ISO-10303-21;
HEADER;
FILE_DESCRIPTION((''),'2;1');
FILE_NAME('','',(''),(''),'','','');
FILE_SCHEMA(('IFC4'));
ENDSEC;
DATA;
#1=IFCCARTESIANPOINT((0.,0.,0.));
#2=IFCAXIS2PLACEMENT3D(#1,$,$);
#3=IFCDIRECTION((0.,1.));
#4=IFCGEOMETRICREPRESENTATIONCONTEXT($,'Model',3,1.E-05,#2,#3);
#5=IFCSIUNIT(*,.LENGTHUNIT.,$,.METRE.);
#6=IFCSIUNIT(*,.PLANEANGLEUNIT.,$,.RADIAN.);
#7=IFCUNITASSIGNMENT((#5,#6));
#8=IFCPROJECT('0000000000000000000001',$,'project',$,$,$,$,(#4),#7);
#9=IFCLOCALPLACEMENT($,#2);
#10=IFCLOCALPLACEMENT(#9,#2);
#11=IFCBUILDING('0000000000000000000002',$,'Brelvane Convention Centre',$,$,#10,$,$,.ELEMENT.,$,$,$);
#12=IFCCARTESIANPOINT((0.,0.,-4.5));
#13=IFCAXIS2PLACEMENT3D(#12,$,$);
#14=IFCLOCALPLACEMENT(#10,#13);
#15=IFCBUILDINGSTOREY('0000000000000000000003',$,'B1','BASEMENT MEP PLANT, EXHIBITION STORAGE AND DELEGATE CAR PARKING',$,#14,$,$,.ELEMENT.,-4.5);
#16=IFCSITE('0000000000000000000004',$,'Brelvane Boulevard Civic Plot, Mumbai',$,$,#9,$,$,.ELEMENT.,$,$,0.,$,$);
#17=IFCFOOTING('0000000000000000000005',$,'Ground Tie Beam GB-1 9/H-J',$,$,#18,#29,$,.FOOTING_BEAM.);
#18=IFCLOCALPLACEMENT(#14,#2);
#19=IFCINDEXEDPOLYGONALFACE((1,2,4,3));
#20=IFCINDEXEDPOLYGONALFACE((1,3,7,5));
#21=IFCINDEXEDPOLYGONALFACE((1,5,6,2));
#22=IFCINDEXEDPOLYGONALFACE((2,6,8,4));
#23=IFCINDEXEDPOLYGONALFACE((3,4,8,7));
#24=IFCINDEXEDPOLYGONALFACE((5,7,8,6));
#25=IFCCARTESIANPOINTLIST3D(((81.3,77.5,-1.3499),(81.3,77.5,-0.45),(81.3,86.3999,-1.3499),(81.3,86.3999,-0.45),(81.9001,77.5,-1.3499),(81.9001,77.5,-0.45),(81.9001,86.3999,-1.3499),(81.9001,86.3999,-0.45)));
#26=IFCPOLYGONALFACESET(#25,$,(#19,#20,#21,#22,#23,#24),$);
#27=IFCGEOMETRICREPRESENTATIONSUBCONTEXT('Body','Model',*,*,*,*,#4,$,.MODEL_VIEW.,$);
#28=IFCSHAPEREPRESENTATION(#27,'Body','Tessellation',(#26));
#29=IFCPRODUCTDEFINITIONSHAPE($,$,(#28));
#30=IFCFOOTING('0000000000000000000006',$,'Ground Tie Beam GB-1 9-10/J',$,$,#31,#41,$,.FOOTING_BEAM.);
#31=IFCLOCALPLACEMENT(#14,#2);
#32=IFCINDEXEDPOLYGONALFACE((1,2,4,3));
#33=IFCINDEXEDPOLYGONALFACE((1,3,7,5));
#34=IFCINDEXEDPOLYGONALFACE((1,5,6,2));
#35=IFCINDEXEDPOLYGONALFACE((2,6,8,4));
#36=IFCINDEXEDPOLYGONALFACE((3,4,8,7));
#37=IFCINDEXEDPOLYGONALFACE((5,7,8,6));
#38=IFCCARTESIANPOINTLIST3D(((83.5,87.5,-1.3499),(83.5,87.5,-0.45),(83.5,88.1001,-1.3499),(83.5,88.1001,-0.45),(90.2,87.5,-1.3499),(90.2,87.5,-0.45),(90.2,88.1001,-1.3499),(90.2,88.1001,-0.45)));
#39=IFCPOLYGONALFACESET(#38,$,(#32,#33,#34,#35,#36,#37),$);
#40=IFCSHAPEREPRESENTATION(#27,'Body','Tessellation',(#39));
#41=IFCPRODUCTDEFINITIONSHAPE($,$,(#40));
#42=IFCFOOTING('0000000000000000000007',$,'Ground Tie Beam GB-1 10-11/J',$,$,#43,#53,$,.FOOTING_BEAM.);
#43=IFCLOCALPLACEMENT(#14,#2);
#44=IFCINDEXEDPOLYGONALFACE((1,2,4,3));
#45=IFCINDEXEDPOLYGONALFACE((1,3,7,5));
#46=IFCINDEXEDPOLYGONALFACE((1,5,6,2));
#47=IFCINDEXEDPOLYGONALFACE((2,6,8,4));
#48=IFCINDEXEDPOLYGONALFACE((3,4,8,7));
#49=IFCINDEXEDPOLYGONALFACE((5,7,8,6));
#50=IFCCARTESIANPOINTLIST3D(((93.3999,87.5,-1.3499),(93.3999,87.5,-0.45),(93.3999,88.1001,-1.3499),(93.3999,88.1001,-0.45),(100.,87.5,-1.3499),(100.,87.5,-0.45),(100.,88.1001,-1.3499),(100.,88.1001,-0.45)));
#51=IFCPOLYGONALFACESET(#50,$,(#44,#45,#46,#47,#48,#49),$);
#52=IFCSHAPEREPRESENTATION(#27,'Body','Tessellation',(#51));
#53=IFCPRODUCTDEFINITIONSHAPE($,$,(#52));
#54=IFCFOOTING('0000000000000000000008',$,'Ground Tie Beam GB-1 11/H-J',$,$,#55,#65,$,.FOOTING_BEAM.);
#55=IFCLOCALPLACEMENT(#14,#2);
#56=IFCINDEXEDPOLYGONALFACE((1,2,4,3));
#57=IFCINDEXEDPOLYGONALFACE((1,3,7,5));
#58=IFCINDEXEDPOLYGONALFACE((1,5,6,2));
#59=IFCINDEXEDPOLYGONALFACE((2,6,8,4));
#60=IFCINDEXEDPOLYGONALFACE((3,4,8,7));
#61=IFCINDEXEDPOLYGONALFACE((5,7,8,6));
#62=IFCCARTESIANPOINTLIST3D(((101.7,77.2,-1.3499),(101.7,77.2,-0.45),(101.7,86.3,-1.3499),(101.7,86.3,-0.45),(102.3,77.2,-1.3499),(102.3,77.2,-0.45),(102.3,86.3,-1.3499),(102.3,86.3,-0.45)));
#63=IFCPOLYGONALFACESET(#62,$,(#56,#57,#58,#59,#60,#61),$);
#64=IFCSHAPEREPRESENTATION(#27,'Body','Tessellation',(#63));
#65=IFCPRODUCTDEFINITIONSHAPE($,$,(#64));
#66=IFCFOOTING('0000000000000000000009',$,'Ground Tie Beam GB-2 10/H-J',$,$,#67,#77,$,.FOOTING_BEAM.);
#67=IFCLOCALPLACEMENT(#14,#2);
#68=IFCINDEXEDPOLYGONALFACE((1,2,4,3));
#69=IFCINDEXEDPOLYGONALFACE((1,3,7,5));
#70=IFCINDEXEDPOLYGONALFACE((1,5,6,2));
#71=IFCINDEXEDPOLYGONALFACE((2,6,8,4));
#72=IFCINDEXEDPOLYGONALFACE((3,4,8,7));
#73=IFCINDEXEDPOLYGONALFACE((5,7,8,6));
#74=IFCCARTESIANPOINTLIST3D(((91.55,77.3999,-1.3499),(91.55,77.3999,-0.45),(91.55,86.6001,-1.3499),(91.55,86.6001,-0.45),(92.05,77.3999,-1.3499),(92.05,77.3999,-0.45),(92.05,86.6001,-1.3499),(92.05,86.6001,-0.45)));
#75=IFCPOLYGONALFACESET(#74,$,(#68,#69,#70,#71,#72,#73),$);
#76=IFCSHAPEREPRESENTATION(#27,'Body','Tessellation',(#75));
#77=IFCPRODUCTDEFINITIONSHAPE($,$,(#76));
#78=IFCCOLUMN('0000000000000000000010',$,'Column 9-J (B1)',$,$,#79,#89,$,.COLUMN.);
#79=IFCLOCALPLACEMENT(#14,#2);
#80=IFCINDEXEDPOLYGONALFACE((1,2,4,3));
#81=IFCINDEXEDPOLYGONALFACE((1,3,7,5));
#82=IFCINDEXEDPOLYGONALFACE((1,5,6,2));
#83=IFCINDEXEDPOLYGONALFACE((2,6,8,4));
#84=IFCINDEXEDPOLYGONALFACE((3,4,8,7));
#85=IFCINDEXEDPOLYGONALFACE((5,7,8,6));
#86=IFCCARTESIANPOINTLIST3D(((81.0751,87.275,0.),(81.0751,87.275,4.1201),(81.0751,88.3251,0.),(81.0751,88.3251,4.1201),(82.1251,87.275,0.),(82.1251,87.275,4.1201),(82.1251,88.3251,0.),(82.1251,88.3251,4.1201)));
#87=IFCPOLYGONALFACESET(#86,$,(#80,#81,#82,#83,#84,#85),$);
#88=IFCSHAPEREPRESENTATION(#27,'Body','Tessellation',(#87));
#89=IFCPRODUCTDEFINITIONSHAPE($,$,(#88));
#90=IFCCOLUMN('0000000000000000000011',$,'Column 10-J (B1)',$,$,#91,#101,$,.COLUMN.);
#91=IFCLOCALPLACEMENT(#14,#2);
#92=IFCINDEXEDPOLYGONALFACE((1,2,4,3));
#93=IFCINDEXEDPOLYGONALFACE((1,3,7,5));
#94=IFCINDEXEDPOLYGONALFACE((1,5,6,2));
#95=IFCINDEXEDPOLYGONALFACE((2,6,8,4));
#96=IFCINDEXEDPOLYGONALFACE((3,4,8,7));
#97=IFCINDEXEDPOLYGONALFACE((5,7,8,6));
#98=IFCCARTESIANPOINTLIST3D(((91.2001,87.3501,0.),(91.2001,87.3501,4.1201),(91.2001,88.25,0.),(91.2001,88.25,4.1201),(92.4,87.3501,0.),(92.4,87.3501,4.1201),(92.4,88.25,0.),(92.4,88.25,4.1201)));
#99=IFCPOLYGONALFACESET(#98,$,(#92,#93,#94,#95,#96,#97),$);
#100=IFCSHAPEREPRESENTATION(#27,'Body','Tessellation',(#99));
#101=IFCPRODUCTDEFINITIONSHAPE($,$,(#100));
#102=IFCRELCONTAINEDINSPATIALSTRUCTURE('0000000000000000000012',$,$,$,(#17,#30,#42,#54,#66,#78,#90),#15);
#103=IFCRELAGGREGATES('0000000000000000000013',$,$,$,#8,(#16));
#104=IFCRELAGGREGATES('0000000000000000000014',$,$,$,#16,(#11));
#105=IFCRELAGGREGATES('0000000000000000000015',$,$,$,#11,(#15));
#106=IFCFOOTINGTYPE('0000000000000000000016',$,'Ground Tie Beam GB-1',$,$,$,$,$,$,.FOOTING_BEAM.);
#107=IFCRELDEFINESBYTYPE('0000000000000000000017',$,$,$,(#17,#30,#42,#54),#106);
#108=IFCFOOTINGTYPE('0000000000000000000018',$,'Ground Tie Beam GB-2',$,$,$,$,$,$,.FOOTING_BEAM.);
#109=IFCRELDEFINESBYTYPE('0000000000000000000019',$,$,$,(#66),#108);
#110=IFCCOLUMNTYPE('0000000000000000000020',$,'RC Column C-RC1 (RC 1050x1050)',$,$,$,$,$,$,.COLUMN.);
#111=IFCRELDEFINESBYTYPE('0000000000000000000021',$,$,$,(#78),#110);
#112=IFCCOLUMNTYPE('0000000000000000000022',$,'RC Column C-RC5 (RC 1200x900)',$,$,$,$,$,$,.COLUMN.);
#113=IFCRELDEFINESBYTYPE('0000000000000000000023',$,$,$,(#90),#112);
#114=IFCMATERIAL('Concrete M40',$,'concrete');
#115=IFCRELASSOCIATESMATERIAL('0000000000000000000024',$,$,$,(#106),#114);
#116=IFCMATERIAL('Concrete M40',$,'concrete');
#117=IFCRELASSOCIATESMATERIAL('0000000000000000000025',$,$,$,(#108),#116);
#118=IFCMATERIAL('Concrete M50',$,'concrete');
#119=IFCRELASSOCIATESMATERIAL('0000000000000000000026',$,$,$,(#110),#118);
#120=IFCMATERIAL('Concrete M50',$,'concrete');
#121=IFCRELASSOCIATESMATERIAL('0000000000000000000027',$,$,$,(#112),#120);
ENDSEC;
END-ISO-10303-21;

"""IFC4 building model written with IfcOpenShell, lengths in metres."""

from ifc_helpers import new_model, si_unit, direction, frame, origin, origin_2d, place, context, subcontext, project, spatial, rectangle, extrude, material, material_profile, profile_set, type_object, element, save


model = new_model("IFC4")

# Units and contexts
model_context = context("Model", 3, precision=1e-05, world=origin(), true_north=direction((0.0, 1.0)))
body_context = subcontext(model_context, "Body", "Model", "MODEL_VIEW")
ifc_project = project(units=[si_unit("LENGTHUNIT", "METRE"), si_unit("PLANEANGLEUNIT", "RADIAN")], contexts=[model_context])

# Site, building, storey
site_placement = place(None, origin())
site = spatial("IfcSite", under=ifc_project, at=site_placement, Name="Brelvane Boulevard Civic Plot, Mumbai", CompositionType="ELEMENT", RefElevation=0.0)
building_placement = place(site_placement, origin())
building = spatial("IfcBuilding", under=site, at=building_placement, Name="Brelvane Convention Centre", CompositionType="ELEMENT")
storey_placement = place(building_placement, frame((0.0, 0.0, -4.5)))
storey = spatial("IfcBuildingStorey", under=building, at=storey_placement, Name="B1", Description="BASEMENT MEP PLANT, EXHIBITION STORAGE AND DELEGATE CAR PARKING", CompositionType="ELEMENT", Elevation=-4.5)

# Footings
ifc_material_1 = material(Name="Concrete M40", Category="concrete")
ifc_material_profile_1 = material_profile(ifc_material_1, rectangle(XDim=0.6001, YDim=0.8999, at=origin_2d()), Name="RC 600x900")
ifc_profile_set_1 = profile_set([ifc_material_profile_1], Name="Concrete M40")
footing_type_1 = type_object("IfcFootingType", Name="Ground Tie Beam GB-1", PredefinedType="FOOTING_BEAM", material=ifc_profile_set_1)
footing_1_placement = place(storey_placement, frame((81.6001, 77.5, -0.8999), z_axis=(0.0, 1.0, 0.0), x_axis=(-1.0, 0.0, 0.0)))
element("IfcFooting", 1, at=footing_1_placement, inside=storey, type_object=footing_type_1, Name="Ground Tie Beam GB-1 9/H-J", PredefinedType="FOOTING_BEAM", context=body_context, shape_type="SweptSolid", body=[
    extrude(rectangle(XDim=0.6001, YDim=0.8999, at=origin_2d()), origin(), (0.0, 0.0, 1.0), 8.8999),
])
footing_2_placement = place(storey_placement, frame((83.5, 87.8, -0.8999), z_axis=(1.0, 0.0, 0.0), x_axis=(0.0, 1.0, 0.0)))
element("IfcFooting", 2, at=footing_2_placement, inside=storey, type_object=footing_type_1, Name="Ground Tie Beam GB-1 9-10/J", PredefinedType="FOOTING_BEAM", context=body_context, shape_type="SweptSolid", body=[
    extrude(rectangle(XDim=0.6001, YDim=0.8999, at=origin_2d()), origin(), (0.0, 0.0, 1.0), 6.7),
])
footing_3_placement = place(storey_placement, frame((93.3999, 87.8, -0.8999), z_axis=(1.0, 0.0, 0.0), x_axis=(0.0, 1.0, 0.0)))
element("IfcFooting", 3, at=footing_3_placement, inside=storey, type_object=footing_type_1, Name="Ground Tie Beam GB-1 10-11/J", PredefinedType="FOOTING_BEAM", context=body_context, shape_type="SweptSolid", body=[
    extrude(rectangle(XDim=0.6001, YDim=0.8999, at=origin_2d()), origin(), (0.0, 0.0, 1.0), 6.6001),
])
footing_4_placement = place(storey_placement, frame((102.0, 77.2, -0.8999), z_axis=(0.0, 1.0, 0.0), x_axis=(-1.0, 0.0, 0.0)))
element("IfcFooting", 4, at=footing_4_placement, inside=storey, type_object=footing_type_1, Name="Ground Tie Beam GB-1 11/H-J", PredefinedType="FOOTING_BEAM", context=body_context, shape_type="SweptSolid", body=[
    extrude(rectangle(XDim=0.6001, YDim=0.8999, at=origin_2d()), origin(), (0.0, 0.0, 1.0), 9.1001),
])
ifc_material_2 = material(Name="Concrete M40", Category="concrete")
ifc_material_profile_2 = material_profile(ifc_material_2, rectangle(XDim=0.5, YDim=0.8999, at=origin_2d()), Name="RC 500x900")
ifc_profile_set_2 = profile_set([ifc_material_profile_2], Name="Concrete M40")
footing_type_2 = type_object("IfcFootingType", Name="Ground Tie Beam GB-2", PredefinedType="FOOTING_BEAM", material=ifc_profile_set_2)
footing_5_placement = place(storey_placement, frame((91.8, 77.3999, -0.8999), z_axis=(0.0, 1.0, 0.0), x_axis=(-1.0, 0.0, 0.0)))
element("IfcFooting", 5, at=footing_5_placement, inside=storey, type_object=footing_type_2, Name="Ground Tie Beam GB-2 10/H-J", PredefinedType="FOOTING_BEAM", context=body_context, shape_type="SweptSolid", body=[
    extrude(rectangle(XDim=0.5, YDim=0.8999, at=origin_2d()), origin(), (0.0, 0.0, 1.0), 9.2002),
])

# Columns
ifc_material_3 = material(Name="Concrete M50", Category="concrete")
ifc_material_profile_3 = material_profile(ifc_material_3, rectangle(XDim=1.05, YDim=1.05, at=origin_2d()), Name="RC 1050x1050")
ifc_profile_set_3 = profile_set([ifc_material_profile_3], Name="Concrete M50")
column_type_1 = type_object("IfcColumnType", Name="RC Column C-RC1 (RC 1050x1050)", PredefinedType="COLUMN", material=ifc_profile_set_3)
column_1_placement = place(storey_placement, frame((81.6001, 87.8, 0.0), z_axis=(0.0, 0.0, 1.0), x_axis=(1.0, 0.0, 0.0)))
element("IfcColumn", 6, at=column_1_placement, inside=storey, type_object=column_type_1, Name="Column 9-J (B1)", PredefinedType="COLUMN", context=body_context, shape_type="SweptSolid", body=[
    extrude(rectangle(XDim=1.05, YDim=1.05, at=origin_2d()), origin(), (0.0, 0.0, 1.0), 4.1201),
])
ifc_material_4 = material(Name="Concrete M50", Category="concrete")
ifc_material_profile_4 = material_profile(ifc_material_4, rectangle(XDim=1.2, YDim=0.8999, at=origin_2d()), Name="RC 1200x900")
ifc_profile_set_4 = profile_set([ifc_material_profile_4], Name="Concrete M50")
column_type_2 = type_object("IfcColumnType", Name="RC Column C-RC5 (RC 1200x900)", PredefinedType="COLUMN", material=ifc_profile_set_4)
column_2_placement = place(storey_placement, frame((91.8, 87.8, 0.0), z_axis=(0.0, 0.0, 1.0), x_axis=(1.0, 0.0, 0.0)))
element("IfcColumn", 7, at=column_2_placement, inside=storey, type_object=column_type_2, Name="Column 10-J (B1)", PredefinedType="COLUMN", context=body_context, shape_type="SweptSolid", body=[
    extrude(rectangle(XDim=1.2, YDim=0.8999, at=origin_2d()), origin(), (0.0, 0.0, 1.0), 4.1201),
])

save(model, "model.ifc")
